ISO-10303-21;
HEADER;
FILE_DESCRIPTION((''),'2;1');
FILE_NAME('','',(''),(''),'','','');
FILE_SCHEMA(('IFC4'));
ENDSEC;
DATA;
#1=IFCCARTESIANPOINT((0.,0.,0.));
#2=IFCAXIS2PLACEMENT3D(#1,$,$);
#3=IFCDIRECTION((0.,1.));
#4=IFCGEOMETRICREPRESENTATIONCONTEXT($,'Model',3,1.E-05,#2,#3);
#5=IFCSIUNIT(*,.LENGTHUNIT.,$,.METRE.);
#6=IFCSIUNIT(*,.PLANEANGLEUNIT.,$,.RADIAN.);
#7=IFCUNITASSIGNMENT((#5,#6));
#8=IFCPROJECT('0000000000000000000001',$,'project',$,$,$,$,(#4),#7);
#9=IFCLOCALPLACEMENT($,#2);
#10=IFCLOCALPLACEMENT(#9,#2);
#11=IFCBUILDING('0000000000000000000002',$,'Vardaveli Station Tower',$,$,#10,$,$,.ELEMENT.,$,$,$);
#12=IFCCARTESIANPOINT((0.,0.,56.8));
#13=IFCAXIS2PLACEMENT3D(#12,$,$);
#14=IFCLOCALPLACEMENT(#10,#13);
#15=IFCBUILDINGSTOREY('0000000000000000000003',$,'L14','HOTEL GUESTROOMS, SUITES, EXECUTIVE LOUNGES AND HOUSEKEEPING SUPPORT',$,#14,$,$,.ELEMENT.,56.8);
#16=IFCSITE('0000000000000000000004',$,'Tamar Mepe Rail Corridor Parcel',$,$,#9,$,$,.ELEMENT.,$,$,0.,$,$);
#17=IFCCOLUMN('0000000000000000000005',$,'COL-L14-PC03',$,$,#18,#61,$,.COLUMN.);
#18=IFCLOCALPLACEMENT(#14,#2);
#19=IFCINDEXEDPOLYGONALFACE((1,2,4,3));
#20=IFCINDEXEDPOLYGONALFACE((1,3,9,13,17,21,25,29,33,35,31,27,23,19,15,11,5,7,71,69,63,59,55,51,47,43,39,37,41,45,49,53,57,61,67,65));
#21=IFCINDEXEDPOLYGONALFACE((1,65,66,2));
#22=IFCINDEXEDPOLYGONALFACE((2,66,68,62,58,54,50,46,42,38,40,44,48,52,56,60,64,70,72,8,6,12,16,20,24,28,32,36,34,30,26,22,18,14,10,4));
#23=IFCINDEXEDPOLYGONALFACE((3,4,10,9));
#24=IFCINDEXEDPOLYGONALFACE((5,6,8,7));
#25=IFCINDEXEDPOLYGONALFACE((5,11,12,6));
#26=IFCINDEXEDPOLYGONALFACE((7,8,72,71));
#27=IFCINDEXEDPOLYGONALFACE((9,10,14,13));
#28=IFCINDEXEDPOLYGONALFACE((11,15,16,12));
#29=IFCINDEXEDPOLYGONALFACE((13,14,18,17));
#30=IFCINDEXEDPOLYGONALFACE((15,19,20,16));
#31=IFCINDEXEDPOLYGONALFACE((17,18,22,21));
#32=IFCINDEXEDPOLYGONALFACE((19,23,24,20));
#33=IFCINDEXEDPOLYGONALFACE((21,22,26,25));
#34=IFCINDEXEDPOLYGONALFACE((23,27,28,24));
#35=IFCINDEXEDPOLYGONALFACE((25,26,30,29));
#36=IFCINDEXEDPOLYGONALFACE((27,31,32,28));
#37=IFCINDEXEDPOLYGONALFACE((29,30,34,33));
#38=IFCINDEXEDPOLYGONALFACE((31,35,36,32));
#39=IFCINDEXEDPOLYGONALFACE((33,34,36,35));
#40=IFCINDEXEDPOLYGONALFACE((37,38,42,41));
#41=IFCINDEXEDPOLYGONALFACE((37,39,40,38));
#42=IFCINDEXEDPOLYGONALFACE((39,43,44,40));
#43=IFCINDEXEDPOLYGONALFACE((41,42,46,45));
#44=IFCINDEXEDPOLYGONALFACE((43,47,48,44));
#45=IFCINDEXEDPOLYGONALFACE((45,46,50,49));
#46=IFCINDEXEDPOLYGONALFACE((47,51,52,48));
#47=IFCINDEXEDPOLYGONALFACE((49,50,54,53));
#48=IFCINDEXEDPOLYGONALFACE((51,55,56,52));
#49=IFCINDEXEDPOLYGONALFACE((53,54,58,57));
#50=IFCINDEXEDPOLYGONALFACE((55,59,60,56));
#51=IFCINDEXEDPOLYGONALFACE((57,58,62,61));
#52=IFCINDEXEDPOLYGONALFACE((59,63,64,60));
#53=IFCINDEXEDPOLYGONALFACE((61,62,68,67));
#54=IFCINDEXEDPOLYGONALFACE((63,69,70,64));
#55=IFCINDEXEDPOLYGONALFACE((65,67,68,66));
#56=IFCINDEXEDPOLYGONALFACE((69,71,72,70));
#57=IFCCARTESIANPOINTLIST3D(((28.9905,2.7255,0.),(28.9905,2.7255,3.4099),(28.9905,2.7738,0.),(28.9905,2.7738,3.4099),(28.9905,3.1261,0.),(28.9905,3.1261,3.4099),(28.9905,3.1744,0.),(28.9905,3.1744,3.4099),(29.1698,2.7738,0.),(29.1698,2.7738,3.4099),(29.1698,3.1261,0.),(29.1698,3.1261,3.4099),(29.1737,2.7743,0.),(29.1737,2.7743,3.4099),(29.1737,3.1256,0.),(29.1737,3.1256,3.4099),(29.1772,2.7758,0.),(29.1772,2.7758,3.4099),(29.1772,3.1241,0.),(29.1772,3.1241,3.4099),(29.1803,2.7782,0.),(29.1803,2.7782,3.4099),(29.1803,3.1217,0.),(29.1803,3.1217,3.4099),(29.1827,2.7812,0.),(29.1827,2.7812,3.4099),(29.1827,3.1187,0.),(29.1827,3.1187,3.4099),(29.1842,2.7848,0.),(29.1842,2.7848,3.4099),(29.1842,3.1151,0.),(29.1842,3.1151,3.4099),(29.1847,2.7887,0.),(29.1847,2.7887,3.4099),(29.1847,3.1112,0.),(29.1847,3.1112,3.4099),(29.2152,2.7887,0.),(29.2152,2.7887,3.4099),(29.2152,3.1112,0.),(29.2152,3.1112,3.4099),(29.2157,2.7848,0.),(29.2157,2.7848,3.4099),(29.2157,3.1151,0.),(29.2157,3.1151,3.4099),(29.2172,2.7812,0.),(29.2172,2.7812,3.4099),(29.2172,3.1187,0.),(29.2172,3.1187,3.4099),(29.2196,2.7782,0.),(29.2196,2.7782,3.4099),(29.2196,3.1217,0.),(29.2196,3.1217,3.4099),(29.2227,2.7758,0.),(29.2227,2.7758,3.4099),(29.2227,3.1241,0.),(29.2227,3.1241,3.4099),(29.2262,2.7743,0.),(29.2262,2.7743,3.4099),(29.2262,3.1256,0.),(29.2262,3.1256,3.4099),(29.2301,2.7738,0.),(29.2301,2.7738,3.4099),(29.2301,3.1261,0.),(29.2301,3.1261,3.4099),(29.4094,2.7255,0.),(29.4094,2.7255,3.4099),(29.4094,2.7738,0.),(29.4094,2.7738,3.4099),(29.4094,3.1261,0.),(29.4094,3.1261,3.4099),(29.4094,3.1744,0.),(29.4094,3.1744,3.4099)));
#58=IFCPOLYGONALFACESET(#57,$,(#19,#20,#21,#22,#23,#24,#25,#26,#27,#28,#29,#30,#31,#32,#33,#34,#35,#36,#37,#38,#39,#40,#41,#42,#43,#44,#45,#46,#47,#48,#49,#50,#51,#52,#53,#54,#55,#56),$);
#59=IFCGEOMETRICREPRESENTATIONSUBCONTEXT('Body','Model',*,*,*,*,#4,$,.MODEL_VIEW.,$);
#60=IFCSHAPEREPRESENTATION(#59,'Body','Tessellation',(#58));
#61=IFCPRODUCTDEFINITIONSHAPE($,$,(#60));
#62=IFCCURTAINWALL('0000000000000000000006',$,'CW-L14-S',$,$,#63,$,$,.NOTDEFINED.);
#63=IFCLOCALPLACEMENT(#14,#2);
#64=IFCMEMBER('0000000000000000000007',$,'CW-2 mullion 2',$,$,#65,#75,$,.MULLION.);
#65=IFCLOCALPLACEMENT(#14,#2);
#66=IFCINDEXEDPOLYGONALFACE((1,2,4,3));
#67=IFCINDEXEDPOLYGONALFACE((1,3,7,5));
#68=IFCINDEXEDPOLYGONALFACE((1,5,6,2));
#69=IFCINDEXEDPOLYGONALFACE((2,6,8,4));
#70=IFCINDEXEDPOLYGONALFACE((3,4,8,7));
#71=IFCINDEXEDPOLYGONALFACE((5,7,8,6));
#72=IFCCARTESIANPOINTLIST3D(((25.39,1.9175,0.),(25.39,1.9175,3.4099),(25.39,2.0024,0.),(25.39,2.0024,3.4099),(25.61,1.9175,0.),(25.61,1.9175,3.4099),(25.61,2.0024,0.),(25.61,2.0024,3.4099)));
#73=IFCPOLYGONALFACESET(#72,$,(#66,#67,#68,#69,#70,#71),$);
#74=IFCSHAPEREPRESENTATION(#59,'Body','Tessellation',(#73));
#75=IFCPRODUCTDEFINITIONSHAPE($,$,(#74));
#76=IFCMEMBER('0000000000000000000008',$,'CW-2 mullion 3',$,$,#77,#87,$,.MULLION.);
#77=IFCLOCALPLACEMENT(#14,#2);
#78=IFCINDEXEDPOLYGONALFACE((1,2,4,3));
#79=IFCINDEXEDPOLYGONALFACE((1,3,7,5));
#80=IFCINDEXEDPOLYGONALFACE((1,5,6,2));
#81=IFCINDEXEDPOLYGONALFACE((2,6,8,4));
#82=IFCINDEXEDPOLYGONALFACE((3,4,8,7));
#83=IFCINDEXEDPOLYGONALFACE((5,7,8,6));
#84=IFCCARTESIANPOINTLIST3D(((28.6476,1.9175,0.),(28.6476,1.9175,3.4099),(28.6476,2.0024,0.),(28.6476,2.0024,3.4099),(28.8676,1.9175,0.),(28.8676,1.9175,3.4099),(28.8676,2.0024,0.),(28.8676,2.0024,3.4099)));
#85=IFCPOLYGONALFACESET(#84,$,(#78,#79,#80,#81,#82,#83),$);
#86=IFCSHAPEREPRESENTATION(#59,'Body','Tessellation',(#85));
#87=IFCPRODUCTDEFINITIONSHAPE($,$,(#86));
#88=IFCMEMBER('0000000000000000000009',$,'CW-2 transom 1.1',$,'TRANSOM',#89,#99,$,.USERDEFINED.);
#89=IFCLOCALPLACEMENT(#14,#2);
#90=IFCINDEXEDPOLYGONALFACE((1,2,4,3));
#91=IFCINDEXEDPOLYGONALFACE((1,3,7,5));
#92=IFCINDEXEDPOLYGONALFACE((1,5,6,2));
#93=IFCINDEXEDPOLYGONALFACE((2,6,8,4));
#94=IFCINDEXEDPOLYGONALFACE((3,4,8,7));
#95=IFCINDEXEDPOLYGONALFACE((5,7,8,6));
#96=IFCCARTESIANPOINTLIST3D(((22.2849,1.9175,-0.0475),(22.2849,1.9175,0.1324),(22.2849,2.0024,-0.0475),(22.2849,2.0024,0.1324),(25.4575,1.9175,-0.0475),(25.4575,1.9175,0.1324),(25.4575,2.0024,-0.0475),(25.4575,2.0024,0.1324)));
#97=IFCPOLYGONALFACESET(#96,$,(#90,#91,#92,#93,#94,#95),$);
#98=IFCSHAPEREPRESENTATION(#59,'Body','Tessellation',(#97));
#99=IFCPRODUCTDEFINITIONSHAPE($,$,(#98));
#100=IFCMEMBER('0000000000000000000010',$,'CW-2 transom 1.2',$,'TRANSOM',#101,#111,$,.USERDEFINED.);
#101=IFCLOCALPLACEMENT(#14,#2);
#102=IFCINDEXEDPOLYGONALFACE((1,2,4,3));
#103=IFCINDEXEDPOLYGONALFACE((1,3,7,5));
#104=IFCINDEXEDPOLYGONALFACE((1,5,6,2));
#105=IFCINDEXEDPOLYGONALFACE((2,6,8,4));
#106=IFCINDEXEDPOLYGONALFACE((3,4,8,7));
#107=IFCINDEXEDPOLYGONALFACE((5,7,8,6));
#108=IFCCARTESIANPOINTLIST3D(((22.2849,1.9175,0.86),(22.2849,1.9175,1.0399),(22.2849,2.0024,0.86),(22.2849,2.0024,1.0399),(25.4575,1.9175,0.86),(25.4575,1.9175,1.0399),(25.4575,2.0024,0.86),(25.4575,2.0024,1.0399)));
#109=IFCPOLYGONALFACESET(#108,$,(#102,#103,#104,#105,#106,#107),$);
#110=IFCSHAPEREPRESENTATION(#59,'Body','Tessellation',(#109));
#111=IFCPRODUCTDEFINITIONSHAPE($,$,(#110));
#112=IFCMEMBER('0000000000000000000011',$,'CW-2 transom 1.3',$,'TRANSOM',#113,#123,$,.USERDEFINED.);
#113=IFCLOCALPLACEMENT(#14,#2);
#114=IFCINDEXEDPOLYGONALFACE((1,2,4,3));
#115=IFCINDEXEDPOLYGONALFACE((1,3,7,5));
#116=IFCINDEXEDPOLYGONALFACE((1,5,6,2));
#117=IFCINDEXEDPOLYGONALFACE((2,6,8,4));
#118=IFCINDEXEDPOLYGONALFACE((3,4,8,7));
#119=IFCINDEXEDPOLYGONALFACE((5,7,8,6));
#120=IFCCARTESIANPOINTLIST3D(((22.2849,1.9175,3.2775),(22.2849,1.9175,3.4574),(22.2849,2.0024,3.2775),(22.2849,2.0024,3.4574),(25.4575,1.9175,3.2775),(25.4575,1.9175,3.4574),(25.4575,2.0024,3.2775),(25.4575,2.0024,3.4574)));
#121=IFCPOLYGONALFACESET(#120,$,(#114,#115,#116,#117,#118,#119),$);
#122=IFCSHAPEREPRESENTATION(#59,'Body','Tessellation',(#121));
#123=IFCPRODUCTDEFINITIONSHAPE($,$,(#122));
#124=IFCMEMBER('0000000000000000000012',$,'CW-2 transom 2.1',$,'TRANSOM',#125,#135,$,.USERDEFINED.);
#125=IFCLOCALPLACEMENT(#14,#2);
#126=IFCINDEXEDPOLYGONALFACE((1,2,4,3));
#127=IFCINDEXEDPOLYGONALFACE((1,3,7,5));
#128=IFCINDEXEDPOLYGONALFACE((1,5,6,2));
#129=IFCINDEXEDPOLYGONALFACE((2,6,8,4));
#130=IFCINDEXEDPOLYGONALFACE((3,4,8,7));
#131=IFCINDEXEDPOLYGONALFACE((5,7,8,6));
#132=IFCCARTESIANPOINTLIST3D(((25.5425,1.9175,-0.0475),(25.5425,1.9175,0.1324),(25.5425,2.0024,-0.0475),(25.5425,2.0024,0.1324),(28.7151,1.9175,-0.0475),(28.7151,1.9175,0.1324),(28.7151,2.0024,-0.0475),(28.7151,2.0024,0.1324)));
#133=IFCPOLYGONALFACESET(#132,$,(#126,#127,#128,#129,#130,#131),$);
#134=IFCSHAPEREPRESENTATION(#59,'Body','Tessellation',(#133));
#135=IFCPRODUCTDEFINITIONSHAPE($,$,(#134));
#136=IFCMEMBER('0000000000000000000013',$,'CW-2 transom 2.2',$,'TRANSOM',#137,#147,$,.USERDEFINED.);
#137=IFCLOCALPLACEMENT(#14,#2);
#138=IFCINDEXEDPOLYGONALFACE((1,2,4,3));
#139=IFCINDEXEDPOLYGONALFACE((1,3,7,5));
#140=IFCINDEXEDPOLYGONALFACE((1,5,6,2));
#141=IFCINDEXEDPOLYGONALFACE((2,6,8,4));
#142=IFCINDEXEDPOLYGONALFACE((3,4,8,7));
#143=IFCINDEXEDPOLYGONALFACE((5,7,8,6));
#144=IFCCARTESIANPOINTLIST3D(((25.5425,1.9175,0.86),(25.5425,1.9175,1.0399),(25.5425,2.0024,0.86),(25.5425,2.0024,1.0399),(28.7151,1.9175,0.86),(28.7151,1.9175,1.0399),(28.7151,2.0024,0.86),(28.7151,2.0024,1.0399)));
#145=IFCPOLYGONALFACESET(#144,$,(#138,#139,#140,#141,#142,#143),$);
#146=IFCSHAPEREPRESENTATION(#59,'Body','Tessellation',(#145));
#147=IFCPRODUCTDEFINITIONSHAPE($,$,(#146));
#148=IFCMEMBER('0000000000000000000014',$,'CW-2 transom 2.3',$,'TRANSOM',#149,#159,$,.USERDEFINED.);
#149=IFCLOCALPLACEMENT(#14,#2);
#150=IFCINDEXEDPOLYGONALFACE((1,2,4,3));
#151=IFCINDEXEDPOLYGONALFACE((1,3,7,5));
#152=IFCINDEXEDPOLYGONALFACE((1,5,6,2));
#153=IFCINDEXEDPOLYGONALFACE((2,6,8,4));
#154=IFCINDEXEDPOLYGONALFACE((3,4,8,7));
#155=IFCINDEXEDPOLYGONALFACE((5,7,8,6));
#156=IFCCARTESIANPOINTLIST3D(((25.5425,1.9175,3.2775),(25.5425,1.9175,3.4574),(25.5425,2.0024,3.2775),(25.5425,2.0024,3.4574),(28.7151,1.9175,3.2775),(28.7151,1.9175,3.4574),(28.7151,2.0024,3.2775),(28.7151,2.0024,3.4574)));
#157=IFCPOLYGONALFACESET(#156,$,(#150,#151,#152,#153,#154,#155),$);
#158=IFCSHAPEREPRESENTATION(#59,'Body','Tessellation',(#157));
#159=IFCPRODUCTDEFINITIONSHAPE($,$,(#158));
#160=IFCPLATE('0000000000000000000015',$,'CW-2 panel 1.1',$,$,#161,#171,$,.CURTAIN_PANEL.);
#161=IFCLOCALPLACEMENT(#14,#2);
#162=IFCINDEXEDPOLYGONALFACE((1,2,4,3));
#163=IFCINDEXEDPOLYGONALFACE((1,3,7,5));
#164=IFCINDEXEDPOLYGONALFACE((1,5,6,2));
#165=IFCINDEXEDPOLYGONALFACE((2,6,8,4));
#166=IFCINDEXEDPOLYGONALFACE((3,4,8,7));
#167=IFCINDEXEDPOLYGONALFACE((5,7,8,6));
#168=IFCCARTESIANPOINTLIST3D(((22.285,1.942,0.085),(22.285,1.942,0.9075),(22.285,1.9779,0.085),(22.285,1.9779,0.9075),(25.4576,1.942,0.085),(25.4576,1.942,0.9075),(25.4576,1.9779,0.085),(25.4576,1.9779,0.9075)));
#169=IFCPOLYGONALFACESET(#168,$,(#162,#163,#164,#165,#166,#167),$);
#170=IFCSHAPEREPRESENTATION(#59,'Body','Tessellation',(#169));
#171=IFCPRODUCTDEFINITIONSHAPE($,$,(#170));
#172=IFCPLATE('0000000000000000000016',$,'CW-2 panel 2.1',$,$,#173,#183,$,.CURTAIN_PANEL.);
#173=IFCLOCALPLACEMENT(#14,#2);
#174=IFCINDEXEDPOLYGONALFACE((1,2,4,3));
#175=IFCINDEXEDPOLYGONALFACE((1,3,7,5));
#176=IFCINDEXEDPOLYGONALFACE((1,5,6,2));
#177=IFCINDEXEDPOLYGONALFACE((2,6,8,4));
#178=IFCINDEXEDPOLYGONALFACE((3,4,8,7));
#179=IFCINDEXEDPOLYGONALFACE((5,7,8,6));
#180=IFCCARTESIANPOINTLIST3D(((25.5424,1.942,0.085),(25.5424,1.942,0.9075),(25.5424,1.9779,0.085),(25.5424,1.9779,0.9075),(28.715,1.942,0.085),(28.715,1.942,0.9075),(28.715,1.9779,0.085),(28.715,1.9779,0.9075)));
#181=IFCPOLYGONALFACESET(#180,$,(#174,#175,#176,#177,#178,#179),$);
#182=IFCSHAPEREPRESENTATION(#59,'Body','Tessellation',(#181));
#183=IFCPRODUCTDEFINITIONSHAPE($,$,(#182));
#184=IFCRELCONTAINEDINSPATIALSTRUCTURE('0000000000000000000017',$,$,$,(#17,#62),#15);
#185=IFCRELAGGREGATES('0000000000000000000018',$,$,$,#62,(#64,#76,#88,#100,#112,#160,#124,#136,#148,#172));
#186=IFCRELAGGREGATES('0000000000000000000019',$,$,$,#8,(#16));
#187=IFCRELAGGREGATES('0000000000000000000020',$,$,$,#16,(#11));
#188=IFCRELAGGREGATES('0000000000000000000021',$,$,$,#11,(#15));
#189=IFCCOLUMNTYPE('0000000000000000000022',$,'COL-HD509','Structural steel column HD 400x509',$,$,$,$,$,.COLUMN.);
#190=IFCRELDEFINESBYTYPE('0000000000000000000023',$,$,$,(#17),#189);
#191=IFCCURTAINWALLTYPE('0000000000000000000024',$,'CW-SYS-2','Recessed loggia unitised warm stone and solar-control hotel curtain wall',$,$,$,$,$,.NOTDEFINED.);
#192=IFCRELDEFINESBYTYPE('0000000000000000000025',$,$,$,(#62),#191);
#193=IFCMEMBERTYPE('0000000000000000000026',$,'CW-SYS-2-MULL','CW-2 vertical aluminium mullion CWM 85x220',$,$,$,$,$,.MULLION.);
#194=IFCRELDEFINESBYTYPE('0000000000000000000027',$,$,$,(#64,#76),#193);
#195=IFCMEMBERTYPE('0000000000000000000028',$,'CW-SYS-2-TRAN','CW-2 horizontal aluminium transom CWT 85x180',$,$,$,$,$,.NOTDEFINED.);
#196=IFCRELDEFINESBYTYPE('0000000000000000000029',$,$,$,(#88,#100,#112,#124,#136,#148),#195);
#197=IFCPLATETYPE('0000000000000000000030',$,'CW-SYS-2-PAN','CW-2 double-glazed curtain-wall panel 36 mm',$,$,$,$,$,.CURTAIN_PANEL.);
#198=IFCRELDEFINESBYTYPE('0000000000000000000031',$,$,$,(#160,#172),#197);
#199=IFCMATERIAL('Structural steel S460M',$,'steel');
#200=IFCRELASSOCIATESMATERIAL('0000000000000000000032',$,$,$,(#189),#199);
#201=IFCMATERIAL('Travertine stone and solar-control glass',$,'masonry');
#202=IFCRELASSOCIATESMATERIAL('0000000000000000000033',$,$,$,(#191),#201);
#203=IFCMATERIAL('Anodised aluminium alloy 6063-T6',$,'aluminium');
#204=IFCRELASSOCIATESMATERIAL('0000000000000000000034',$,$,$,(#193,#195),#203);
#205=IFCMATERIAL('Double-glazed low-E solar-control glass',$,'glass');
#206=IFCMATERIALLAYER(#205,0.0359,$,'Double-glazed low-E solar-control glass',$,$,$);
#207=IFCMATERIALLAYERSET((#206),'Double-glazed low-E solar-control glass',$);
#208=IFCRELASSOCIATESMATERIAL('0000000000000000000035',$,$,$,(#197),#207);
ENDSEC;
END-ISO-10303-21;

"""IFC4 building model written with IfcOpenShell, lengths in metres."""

from ifc_helpers import new_model, si_unit, direction, frame, origin, origin_2d, place, context, subcontext, project, spatial, rectangle, i_section, extrude, source, transform, mapped, material, layer, layer_set, material_profile, profile_set, type_object, element, aggregate, save


model = new_model("IFC4")

# Units and contexts
model_context = context("Model", 3, precision=1e-05, world=origin(), true_north=direction((0.0, 1.0)))
body_context = subcontext(model_context, "Body", "Model", "MODEL_VIEW")
ifc_project = project(units=[si_unit("LENGTHUNIT", "METRE"), si_unit("PLANEANGLEUNIT", "RADIAN")], contexts=[model_context])

# Site, building, storey
site_placement = place(None, origin())
site = spatial("IfcSite", under=ifc_project, at=site_placement, Name="Tamar Mepe Rail Corridor Parcel", CompositionType="ELEMENT", RefElevation=0.0)
building_placement = place(site_placement, origin())
building = spatial("IfcBuilding", under=site, at=building_placement, Name="Vardaveli Station Tower", CompositionType="ELEMENT")
storey_placement = place(building_placement, frame((0.0, 0.0, 56.8)))
storey = spatial("IfcBuildingStorey", under=building, at=storey_placement, Name="L14", Description="HOTEL GUESTROOMS, SUITES, EXECUTIVE LOUNGES AND HOUSEKEEPING SUPPORT", CompositionType="ELEMENT", Elevation=56.8)

# Column
ifc_material_1 = material(Name="Structural steel S460M", Category="steel")
ifc_material_profile_1 = material_profile(ifc_material_1, i_section(OverallWidth=0.4189, OverallDepth=0.449, WebThickness=0.0305, FlangeThickness=0.0483, FilletRadius=0.0149, at=origin_2d()), Name="HD 400x509")
ifc_profile_set_1 = profile_set([ifc_material_profile_1], Name="Structural steel S460M")
column_type = type_object("IfcColumnType", Name="COL-HD509", Description="Structural steel column HD 400x509", PredefinedType="COLUMN", material=ifc_profile_set_1)
shared_shape_1 = source(origin(), body_context, "Body", "SweptSolid", [
    extrude(i_section(OverallWidth=0.4189, OverallDepth=0.449, WebThickness=0.0305, FlangeThickness=0.0483, FilletRadius=0.0149, at=origin_2d()), origin(), (0.0, 0.0, 1.0), 3.4099),
])
column_placement = place(storey_placement, frame((29.2, 2.95, 0.0), z_axis=(0.0, 0.0, 1.0), x_axis=(1.0, 0.0, 0.0)))
element("IfcColumn", 1, at=column_placement, inside=storey, type_object=column_type, Name="COL-L14-PC03", PredefinedType="COLUMN", context=body_context, shape_type="MappedRepresentation", body=[
    mapped(shared_shape_1, transform((0.0, 0.0, 0.0), scale=1.0)),
])

# Curtain wall, members, plates
ifc_material_2 = material(Name="Travertine stone and solar-control glass", Category="masonry")
curtain_wall_type = type_object("IfcCurtainWallType", Name="CW-SYS-2", Description="Recessed loggia unitised warm stone and solar-control hotel curtain wall", PredefinedType="NOTDEFINED", material=ifc_material_2)
curtain_wall_placement = place(storey_placement, origin())
curtain_wall = element("IfcCurtainWall", 2, at=curtain_wall_placement, inside=storey, type_object=curtain_wall_type, Name="CW-L14-S", PredefinedType="NOTDEFINED")
ifc_material_3 = material(Name="Anodised aluminium alloy 6063-T6", Category="aluminium")
ifc_material_profile_2 = material_profile(ifc_material_3, rectangle(XDim=0.085, YDim=0.22, at=origin_2d()), Name="CWM 85x220")
ifc_profile_set_2 = profile_set([ifc_material_profile_2], Name="Anodised aluminium alloy 6063-T6")
member_type_1 = type_object("IfcMemberType", Name="CW-SYS-2-MULL", Description="CW-2 vertical aluminium mullion CWM 85x220", PredefinedType="MULLION", material=ifc_profile_set_2)
shared_shape_2 = source(origin(), body_context, "Body", "SweptSolid", [
    extrude(rectangle(XDim=0.085, YDim=0.22, at=origin_2d()), origin(), (0.0, 0.0, 1.0), 3.4099),
])
member_1_placement = place(storey_placement, frame((25.5, 1.96, 0.0), z_axis=(0.0, 0.0, 1.0), x_axis=(0.0, 1.0, 0.0)))
member_1 = element("IfcMember", 3, at=member_1_placement, type_object=member_type_1, Name="CW-2 mullion 2", PredefinedType="MULLION", context=body_context, shape_type="MappedRepresentation", body=[
    mapped(shared_shape_2, transform((0.0, 0.0, 0.0), scale=1.0)),
])
member_2_placement = place(storey_placement, frame((28.7576, 1.96, 0.0), z_axis=(0.0, 0.0, 1.0), x_axis=(0.0, 1.0, 0.0)))
member_2 = element("IfcMember", 4, at=member_2_placement, type_object=member_type_1, Name="CW-2 mullion 3", PredefinedType="MULLION", context=body_context, shape_type="MappedRepresentation", body=[
    mapped(shared_shape_2, transform((0.0, 0.0, 0.0), scale=1.0)),
])
ifc_material_profile_3 = material_profile(ifc_material_3, rectangle(XDim=0.085, YDim=0.1799, at=origin_2d()), Name="CWT 85x180")
ifc_profile_set_3 = profile_set([ifc_material_profile_3], Name="Anodised aluminium alloy 6063-T6")
member_type_2 = type_object("IfcMemberType", Name="CW-SYS-2-TRAN", Description="CW-2 horizontal aluminium transom CWT 85x180", PredefinedType="NOTDEFINED", material=ifc_profile_set_3)
shared_shape_3 = source(origin(), body_context, "Body", "SweptSolid", [
    extrude(rectangle(XDim=0.085, YDim=0.1799, at=origin_2d()), origin(), (0.0, 0.0, 1.0), 3.1726),
])
member_3_placement = place(storey_placement, frame((22.2849, 1.96, 0.0425), z_axis=(1.0, 0.0, 0.0), x_axis=(0.0, 1.0, 0.0)))
member_3 = element("IfcMember", 5, at=member_3_placement, type_object=member_type_2, Name="CW-2 transom 1.1", ObjectType="TRANSOM", PredefinedType="USERDEFINED", context=body_context, shape_type="MappedRepresentation", body=[
    mapped(shared_shape_3, transform((0.0, 0.0, 0.0), scale=1.0)),
])
member_4_placement = place(storey_placement, frame((22.2849, 1.96, 0.95), z_axis=(1.0, 0.0, 0.0), x_axis=(0.0, 1.0, 0.0)))
member_4 = element("IfcMember", 6, at=member_4_placement, type_object=member_type_2, Name="CW-2 transom 1.2", ObjectType="TRANSOM", PredefinedType="USERDEFINED", context=body_context, shape_type="MappedRepresentation", body=[
    mapped(shared_shape_3, transform((0.0, 0.0, 0.0), scale=1.0)),
])
member_5_placement = place(storey_placement, frame((22.2849, 1.96, 3.3674), z_axis=(1.0, 0.0, 0.0), x_axis=(0.0, 1.0, 0.0)))
member_5 = element("IfcMember", 7, at=member_5_placement, type_object=member_type_2, Name="CW-2 transom 1.3", ObjectType="TRANSOM", PredefinedType="USERDEFINED", context=body_context, shape_type="MappedRepresentation", body=[
    mapped(shared_shape_3, transform((0.0, 0.0, 0.0), scale=1.0)),
])
member_6_placement = place(storey_placement, frame((25.5425, 1.96, 0.0425), z_axis=(1.0, 0.0, 0.0), x_axis=(0.0, 1.0, 0.0)))
member_6 = element("IfcMember", 8, at=member_6_placement, type_object=member_type_2, Name="CW-2 transom 2.1", ObjectType="TRANSOM", PredefinedType="USERDEFINED", context=body_context, shape_type="MappedRepresentation", body=[
    mapped(shared_shape_3, transform((0.0, 0.0, 0.0), scale=1.0)),
])
member_7_placement = place(storey_placement, frame((25.5425, 1.96, 0.95), z_axis=(1.0, 0.0, 0.0), x_axis=(0.0, 1.0, 0.0)))
member_7 = element("IfcMember", 9, at=member_7_placement, type_object=member_type_2, Name="CW-2 transom 2.2", ObjectType="TRANSOM", PredefinedType="USERDEFINED", context=body_context, shape_type="MappedRepresentation", body=[
    mapped(shared_shape_3, transform((0.0, 0.0, 0.0), scale=1.0)),
])
member_8_placement = place(storey_placement, frame((25.5425, 1.96, 3.3674), z_axis=(1.0, 0.0, 0.0), x_axis=(0.0, 1.0, 0.0)))
member_8 = element("IfcMember", 10, at=member_8_placement, type_object=member_type_2, Name="CW-2 transom 2.3", ObjectType="TRANSOM", PredefinedType="USERDEFINED", context=body_context, shape_type="MappedRepresentation", body=[
    mapped(shared_shape_3, transform((0.0, 0.0, 0.0), scale=1.0)),
])
ifc_material_4 = material(Name="Double-glazed low-E solar-control glass", Category="glass")
ifc_layer_1 = layer(ifc_material_4, 0.0359, Name="Double-glazed low-E solar-control glass")
ifc_layer_set_1 = layer_set([ifc_layer_1], Name="Double-glazed low-E solar-control glass")
plate_type = type_object("IfcPlateType", Name="CW-SYS-2-PAN", Description="CW-2 double-glazed curtain-wall panel 36 mm", PredefinedType="CURTAIN_PANEL", material=ifc_layer_set_1)
shared_shape_4 = source(origin(), body_context, "Body", "SweptSolid", [
    extrude(rectangle(XDim=3.1726, YDim=0.0359, at=origin_2d()), origin(), (0.0, 0.0, 1.0), 0.8225),
])
plate_1_placement = place(storey_placement, frame((23.8713, 1.96, 0.085), z_axis=(0.0, 0.0, 1.0), x_axis=(1.0, 0.0, 0.0)))
plate_1 = element("IfcPlate", 11, at=plate_1_placement, type_object=plate_type, Name="CW-2 panel 1.1", PredefinedType="CURTAIN_PANEL", context=body_context, shape_type="MappedRepresentation", body=[
    mapped(shared_shape_4, transform((0.0, 0.0, 0.0), scale=1.0)),
])
plate_2_placement = place(storey_placement, frame((27.1287, 1.96, 0.085), z_axis=(0.0, 0.0, 1.0), x_axis=(1.0, 0.0, 0.0)))
plate_2 = element("IfcPlate", 12, at=plate_2_placement, type_object=plate_type, Name="CW-2 panel 2.1", PredefinedType="CURTAIN_PANEL", context=body_context, shape_type="MappedRepresentation", body=[
    mapped(shared_shape_4, transform((0.0, 0.0, 0.0), scale=1.0)),
])
aggregate(curtain_wall, [member_1, member_2, member_3, member_4, member_5, plate_1, member_6, member_7, member_8, plate_2])

save(model, "model.ifc")
